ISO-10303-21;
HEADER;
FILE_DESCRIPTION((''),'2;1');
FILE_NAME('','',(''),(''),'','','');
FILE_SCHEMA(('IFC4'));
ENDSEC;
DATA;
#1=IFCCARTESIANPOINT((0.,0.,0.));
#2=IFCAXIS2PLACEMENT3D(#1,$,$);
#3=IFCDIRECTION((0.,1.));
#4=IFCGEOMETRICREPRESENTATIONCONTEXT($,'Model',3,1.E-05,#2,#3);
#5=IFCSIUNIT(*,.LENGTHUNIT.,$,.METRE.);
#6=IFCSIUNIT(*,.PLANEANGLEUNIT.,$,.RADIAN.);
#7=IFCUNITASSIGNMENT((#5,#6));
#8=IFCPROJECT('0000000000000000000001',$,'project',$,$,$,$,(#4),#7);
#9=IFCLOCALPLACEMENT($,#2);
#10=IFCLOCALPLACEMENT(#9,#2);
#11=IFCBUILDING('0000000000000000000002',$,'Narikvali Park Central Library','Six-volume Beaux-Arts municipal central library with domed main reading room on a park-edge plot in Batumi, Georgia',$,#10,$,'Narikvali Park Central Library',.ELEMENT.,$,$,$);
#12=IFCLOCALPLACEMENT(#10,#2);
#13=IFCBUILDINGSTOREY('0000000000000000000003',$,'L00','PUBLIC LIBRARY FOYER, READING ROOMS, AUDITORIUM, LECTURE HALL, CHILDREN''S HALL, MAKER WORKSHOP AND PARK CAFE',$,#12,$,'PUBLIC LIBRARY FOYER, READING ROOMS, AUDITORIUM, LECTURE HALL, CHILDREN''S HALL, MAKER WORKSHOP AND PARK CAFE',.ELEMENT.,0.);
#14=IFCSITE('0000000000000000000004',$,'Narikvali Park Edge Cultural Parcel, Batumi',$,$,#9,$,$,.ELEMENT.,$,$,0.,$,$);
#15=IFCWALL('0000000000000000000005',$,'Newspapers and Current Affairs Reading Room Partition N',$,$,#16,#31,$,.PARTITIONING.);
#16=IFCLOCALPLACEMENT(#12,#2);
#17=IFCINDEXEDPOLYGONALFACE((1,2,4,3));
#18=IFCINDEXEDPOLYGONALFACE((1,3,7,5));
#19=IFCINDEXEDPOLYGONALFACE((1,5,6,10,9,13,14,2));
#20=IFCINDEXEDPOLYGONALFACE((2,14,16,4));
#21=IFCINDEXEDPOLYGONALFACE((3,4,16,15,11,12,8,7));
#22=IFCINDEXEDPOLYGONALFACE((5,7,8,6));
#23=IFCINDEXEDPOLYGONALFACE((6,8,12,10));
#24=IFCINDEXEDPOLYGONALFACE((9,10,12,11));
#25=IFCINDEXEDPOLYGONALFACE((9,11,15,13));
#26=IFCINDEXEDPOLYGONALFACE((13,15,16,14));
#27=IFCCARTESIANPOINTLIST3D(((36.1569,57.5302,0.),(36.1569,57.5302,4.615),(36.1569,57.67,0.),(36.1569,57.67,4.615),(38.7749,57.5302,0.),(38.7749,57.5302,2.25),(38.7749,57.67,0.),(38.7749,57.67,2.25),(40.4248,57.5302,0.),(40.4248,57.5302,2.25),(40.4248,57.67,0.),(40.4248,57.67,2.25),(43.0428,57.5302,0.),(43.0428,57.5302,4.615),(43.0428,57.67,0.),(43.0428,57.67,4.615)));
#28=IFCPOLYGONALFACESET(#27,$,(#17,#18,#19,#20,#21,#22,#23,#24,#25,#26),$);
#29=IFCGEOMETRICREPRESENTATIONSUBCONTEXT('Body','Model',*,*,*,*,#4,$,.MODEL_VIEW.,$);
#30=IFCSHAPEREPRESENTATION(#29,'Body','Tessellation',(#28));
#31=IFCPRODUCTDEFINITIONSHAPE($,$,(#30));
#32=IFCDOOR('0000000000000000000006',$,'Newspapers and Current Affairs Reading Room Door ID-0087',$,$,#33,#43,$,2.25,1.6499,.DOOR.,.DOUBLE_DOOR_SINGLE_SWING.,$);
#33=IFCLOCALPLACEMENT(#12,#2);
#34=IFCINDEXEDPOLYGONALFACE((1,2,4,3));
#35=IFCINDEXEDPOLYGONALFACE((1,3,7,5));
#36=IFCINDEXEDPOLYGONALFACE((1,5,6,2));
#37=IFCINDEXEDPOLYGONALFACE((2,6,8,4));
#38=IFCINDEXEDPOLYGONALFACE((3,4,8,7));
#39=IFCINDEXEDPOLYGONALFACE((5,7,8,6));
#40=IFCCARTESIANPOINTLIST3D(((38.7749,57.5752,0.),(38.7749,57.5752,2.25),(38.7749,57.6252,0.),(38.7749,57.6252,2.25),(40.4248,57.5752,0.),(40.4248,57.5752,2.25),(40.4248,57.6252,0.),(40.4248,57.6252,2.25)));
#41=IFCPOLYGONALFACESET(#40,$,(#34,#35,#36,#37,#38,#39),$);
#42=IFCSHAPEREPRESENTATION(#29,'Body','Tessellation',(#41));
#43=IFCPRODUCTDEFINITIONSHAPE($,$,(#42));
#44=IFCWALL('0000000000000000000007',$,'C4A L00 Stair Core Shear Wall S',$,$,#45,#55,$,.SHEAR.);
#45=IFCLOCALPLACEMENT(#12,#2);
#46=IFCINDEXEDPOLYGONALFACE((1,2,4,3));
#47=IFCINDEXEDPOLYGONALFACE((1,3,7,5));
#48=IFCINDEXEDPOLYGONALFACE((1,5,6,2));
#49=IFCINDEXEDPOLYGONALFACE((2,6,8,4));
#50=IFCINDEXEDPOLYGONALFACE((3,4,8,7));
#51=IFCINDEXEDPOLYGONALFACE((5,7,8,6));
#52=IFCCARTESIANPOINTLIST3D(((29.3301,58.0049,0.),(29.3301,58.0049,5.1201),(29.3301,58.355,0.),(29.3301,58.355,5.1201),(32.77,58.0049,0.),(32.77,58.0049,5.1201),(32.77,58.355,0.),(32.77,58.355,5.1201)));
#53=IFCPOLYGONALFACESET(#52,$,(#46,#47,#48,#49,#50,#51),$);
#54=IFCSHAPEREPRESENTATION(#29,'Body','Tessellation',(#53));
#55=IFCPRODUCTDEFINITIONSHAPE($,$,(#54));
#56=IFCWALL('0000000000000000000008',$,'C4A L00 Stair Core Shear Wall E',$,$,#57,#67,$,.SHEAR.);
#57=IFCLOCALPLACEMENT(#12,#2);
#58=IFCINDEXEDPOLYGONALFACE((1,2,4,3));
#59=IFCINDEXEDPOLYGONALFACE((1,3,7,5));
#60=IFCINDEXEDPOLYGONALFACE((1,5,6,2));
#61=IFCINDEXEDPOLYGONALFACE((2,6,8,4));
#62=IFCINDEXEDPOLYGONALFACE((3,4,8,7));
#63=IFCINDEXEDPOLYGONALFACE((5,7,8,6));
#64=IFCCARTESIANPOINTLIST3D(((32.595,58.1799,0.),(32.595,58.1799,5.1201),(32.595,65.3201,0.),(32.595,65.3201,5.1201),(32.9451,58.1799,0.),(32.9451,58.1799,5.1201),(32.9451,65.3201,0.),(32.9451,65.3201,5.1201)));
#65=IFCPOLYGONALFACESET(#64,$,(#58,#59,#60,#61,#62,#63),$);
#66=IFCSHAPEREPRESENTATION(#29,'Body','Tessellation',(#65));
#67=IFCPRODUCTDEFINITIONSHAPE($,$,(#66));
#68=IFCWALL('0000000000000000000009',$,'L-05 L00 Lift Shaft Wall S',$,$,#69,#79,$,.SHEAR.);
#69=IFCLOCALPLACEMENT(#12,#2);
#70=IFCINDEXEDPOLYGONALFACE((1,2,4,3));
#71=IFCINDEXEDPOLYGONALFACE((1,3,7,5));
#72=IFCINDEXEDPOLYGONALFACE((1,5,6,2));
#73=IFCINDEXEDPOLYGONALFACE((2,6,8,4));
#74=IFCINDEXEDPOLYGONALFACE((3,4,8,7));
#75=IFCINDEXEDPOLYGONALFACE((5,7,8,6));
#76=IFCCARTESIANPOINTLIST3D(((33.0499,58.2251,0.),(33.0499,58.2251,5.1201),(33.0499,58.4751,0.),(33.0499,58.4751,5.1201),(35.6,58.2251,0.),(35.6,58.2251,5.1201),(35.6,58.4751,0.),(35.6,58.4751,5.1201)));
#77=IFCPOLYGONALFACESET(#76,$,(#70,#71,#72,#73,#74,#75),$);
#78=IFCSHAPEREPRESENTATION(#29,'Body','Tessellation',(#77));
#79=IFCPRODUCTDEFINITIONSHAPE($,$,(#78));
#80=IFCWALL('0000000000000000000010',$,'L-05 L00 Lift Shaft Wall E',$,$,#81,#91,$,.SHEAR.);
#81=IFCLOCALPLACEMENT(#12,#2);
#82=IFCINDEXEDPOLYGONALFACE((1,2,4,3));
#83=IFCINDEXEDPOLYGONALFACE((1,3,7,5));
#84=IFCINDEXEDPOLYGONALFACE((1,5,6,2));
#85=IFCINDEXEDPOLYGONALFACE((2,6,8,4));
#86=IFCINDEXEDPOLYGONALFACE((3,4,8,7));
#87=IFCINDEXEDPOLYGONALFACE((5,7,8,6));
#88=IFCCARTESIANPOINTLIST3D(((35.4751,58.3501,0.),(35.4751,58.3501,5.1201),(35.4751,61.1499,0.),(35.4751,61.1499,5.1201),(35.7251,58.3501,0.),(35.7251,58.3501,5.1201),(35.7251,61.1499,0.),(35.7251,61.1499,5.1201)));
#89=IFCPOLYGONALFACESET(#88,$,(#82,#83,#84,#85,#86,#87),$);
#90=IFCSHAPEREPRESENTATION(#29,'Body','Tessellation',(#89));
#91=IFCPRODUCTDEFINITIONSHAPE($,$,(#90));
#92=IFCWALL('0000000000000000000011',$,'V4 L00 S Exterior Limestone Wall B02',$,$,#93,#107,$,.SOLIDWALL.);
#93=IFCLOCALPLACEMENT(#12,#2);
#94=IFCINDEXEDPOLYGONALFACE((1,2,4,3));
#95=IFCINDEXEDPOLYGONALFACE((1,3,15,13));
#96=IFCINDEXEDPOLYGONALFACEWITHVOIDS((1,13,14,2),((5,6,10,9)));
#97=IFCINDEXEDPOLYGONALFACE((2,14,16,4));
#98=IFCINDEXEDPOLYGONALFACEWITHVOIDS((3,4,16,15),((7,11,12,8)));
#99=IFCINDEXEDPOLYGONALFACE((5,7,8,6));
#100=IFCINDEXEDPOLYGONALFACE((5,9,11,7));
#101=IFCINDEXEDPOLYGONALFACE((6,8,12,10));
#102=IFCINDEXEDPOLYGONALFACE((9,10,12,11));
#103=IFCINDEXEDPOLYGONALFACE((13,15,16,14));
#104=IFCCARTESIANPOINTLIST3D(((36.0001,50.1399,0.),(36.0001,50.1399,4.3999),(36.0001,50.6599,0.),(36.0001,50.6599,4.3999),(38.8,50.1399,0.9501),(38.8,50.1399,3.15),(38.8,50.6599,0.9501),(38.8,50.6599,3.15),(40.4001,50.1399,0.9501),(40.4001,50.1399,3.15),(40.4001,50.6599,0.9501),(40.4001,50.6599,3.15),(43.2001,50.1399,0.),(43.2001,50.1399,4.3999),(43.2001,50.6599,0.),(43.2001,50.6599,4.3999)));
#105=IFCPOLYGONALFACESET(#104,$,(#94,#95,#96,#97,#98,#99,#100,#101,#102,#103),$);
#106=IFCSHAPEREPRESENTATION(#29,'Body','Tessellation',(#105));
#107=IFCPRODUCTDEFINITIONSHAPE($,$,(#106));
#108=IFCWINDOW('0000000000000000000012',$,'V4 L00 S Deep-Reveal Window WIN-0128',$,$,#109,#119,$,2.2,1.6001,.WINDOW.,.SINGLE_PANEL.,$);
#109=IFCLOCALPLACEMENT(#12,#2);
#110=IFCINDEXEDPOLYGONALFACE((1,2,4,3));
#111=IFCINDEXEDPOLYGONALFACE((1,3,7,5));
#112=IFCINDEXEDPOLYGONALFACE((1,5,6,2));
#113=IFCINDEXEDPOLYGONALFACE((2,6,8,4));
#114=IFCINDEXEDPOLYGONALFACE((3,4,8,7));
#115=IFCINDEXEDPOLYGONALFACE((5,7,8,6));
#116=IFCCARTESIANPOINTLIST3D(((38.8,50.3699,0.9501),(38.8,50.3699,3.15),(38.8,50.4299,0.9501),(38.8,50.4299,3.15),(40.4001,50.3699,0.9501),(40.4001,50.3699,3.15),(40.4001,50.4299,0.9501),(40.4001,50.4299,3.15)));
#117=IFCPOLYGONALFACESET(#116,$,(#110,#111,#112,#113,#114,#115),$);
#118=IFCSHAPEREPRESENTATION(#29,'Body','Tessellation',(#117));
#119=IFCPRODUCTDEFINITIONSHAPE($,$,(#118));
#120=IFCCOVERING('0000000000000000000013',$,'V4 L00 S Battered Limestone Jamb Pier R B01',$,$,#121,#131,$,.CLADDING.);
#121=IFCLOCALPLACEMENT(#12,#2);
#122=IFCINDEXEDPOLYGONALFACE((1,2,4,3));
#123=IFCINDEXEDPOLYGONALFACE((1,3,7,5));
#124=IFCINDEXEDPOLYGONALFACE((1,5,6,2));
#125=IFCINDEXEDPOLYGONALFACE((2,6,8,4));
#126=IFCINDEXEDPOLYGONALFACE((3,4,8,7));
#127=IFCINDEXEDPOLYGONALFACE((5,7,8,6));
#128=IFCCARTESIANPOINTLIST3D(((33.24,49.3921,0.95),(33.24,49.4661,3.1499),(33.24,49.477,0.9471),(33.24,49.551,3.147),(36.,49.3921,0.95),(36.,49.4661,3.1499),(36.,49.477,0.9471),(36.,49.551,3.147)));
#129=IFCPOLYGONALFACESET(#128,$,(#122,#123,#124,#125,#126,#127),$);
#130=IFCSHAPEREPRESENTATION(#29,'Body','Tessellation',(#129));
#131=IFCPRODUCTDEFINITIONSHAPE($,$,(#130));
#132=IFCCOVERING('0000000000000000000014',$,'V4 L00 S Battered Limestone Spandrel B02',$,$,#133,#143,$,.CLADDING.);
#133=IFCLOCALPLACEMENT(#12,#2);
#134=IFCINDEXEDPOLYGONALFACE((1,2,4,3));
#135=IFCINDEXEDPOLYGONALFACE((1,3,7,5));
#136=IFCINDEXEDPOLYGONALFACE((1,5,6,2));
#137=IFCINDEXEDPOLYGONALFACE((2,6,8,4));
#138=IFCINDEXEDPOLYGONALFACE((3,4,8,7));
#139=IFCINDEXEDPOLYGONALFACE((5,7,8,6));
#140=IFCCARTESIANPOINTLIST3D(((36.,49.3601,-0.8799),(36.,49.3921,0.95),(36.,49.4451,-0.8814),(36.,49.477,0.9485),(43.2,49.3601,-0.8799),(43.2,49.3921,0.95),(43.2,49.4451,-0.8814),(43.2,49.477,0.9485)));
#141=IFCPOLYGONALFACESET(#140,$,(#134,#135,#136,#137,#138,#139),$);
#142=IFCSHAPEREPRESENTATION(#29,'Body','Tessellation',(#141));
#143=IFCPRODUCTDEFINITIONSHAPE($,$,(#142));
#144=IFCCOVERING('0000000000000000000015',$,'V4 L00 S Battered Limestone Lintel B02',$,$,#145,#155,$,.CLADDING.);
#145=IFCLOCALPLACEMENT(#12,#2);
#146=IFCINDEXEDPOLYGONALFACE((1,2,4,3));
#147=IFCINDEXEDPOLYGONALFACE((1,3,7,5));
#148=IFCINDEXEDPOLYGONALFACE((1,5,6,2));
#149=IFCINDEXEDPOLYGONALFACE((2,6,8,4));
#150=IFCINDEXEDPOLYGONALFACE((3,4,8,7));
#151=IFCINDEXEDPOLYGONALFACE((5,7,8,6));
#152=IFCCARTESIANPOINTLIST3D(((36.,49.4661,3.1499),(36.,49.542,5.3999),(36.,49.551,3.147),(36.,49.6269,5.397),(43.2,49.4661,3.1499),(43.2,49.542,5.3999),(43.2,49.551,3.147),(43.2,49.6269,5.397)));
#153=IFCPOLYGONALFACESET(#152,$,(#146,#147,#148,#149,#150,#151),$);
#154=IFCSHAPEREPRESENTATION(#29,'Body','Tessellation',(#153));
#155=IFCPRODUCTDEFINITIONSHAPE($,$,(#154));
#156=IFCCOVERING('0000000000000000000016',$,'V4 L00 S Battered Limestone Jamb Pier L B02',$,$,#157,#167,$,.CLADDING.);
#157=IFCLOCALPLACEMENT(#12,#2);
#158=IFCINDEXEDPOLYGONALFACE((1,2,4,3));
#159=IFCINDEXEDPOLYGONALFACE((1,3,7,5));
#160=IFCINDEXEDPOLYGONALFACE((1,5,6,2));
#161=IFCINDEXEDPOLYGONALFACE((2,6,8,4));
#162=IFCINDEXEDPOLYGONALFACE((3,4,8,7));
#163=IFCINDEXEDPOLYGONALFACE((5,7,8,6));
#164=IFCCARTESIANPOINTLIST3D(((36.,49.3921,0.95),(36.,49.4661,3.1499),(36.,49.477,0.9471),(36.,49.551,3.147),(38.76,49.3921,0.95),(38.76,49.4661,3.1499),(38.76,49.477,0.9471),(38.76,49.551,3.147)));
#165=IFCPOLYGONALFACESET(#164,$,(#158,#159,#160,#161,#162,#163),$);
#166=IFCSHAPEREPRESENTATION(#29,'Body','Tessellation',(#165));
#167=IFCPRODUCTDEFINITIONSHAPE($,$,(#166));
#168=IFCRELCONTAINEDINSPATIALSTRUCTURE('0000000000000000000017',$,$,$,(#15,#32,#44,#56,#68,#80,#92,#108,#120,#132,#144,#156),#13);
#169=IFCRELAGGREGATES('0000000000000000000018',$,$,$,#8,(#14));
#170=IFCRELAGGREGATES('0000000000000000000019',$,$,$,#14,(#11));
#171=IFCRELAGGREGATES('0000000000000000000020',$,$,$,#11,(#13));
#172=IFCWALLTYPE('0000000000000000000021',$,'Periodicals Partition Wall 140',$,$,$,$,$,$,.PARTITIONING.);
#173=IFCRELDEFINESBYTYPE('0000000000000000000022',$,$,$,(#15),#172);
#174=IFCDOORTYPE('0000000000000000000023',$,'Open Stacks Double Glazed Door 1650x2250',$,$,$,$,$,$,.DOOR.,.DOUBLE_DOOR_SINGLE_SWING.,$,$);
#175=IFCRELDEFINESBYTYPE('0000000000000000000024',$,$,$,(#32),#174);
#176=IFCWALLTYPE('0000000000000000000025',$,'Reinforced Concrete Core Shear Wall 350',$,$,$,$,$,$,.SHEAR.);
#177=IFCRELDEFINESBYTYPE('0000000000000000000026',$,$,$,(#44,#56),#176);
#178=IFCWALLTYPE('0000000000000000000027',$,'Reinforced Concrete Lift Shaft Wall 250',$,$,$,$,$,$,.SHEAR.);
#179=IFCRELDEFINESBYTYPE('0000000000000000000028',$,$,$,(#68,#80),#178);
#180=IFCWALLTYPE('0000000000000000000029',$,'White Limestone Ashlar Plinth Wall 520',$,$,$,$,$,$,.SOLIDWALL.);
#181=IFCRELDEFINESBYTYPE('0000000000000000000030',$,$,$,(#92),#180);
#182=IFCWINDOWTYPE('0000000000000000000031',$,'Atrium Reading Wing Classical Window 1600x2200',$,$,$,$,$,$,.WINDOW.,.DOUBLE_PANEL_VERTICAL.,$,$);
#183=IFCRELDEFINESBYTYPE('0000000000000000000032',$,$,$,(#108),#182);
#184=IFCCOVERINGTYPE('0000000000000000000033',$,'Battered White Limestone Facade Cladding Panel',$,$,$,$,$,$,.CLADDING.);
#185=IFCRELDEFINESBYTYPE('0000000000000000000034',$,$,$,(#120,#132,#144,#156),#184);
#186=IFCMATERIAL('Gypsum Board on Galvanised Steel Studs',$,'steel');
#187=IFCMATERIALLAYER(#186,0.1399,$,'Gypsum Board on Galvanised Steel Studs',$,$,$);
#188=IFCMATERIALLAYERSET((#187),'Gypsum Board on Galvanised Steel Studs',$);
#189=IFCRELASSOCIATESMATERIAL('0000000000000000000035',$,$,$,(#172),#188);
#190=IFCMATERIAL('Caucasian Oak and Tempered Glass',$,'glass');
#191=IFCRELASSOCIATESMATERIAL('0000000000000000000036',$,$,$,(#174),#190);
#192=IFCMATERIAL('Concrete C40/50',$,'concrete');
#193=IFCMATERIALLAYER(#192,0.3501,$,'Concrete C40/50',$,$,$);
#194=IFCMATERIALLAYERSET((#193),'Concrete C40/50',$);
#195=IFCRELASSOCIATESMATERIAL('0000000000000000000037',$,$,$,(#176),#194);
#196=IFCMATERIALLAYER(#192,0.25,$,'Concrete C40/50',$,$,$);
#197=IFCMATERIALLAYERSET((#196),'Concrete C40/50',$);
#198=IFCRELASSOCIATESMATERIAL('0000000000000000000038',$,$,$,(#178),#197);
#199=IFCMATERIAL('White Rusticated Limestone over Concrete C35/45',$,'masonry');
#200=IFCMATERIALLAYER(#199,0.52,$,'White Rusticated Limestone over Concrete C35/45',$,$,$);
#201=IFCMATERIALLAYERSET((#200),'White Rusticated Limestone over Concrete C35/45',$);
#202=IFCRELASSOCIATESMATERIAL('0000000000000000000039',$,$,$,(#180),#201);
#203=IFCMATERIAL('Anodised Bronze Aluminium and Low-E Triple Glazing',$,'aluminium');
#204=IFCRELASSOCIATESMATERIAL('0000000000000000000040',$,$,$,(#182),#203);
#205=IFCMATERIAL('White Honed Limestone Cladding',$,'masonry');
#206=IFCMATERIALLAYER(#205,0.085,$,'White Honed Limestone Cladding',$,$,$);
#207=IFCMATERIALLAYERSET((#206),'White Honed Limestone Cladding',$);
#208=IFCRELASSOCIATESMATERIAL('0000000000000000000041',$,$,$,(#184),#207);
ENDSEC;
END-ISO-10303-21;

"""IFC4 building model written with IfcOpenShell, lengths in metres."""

from ifc_helpers import new_model, si_unit, direction, frame, frame_2d, origin, place, context, subcontext, project, spatial, polyline, rectangle, outline, extrude, material, layer, layer_set, type_object, element, fill, save


model = new_model("IFC4")

# Units and contexts
model_context = context("Model", 3, precision=1e-05, world=origin(), true_north=direction((0.0, 1.0)))
body_context = subcontext(model_context, "Body", "Model", "MODEL_VIEW")
ifc_project = project(units=[si_unit("LENGTHUNIT", "METRE"), si_unit("PLANEANGLEUNIT", "RADIAN")], contexts=[model_context])

# Site, building, storey
site_placement = place(None, origin())
site = spatial("IfcSite", under=ifc_project, at=site_placement, Name="Narikvali Park Edge Cultural Parcel, Batumi", CompositionType="ELEMENT", RefElevation=0.0)
building_placement = place(site_placement, origin())
building = spatial("IfcBuilding", under=site, at=building_placement, Name="Narikvali Park Central Library", Description="Six-volume Beaux-Arts municipal central library with domed main reading room on a park-edge plot in Batumi, Georgia", LongName="Narikvali Park Central Library", CompositionType="ELEMENT")
storey_placement = place(building_placement, origin())
storey = spatial("IfcBuildingStorey", under=building, at=storey_placement, Name="L00", Description="PUBLIC LIBRARY FOYER, READING ROOMS, AUDITORIUM, LECTURE HALL, CHILDREN'S HALL, MAKER WORKSHOP AND PARK CAFE", LongName="PUBLIC LIBRARY FOYER, READING ROOMS, AUDITORIUM, LECTURE HALL, CHILDREN'S HALL, MAKER WORKSHOP AND PARK CAFE", CompositionType="ELEMENT", Elevation=0.0)

# Wall, opening, door
ifc_material_1 = material(Name="Gypsum Board on Galvanised Steel Studs", Category="steel")
ifc_layer_1 = layer(ifc_material_1, 0.1399, Name="Gypsum Board on Galvanised Steel Studs")
ifc_layer_set_1 = layer_set([ifc_layer_1], Name="Gypsum Board on Galvanised Steel Studs")
wall_type_1 = type_object("IfcWallType", Name="Periodicals Partition Wall 140", PredefinedType="PARTITIONING", material=ifc_layer_set_1)
wall_1_placement = place(storey_placement, frame((36.157, 57.6001, 0.0), z_axis=(0.0, 0.0, 1.0), x_axis=(1.0, 0.0, 0.0)))
wall_1 = element("IfcWall", 1, at=wall_1_placement, inside=storey, type_object=wall_type_1, Name="Newspapers and Current Affairs Reading Room Partition N", PredefinedType="PARTITIONING", context=body_context, shape_type="SweptSolid", body=[
    extrude(rectangle(XDim=6.886, YDim=0.1399, at=frame_2d((3.4429, 0.0))), origin(), (0.0, 0.0, 1.0), 4.615),
])
opening_1_placement = place(wall_1_placement, frame((2.6179, 0.0, 0.0)))
opening_1 = element("IfcOpeningElement", 2, at=opening_1_placement, cuts=wall_1, PredefinedType="OPENING", context=body_context, shape_type="SweptSolid", body=[
    extrude(rectangle(XDim=1.6499, YDim=2.25, at=frame_2d((0.825, 1.125))), frame((0.0, 0.082, 0.0), z_axis=(0.0, -1.0, 0.0), x_axis=(1.0, 0.0, 0.0)), (0.0, 0.0, 1.0), 0.1638),
])
ifc_material_2 = material(Name="Caucasian Oak and Tempered Glass", Category="glass")
door_type = type_object("IfcDoorType", Name="Open Stacks Double Glazed Door 1650x2250", OperationType="DOUBLE_DOOR_SINGLE_SWING", PredefinedType="DOOR", material=ifc_material_2)
door_placement = place(opening_1_placement, frame((1.6499, 0.0, 0.0), z_axis=(0.0, 0.0, 1.0), x_axis=(-1.0, 0.0, 0.0)))
door = element("IfcDoor", 3, at=door_placement, inside=storey, type_object=door_type, Name="Newspapers and Current Affairs Reading Room Door ID-0087", OperationType="DOUBLE_DOOR_SINGLE_SWING", OverallHeight=2.25, OverallWidth=1.6499, PredefinedType="DOOR", context=body_context, shape_type="SweptSolid", body=[
    extrude(rectangle(XDim=1.6499, YDim=2.25, at=frame_2d((0.825, 1.125))), frame((0.0, 0.0249, 0.0), z_axis=(0.0, -1.0, 0.0), x_axis=(1.0, 0.0, 0.0)), (0.0, 0.0, 1.0), 0.05),
])
fill(opening_1, door)

# Walls
ifc_material_3 = material(Name="Concrete C40/50", Category="concrete")
ifc_layer_2 = layer(ifc_material_3, 0.3501, Name="Concrete C40/50")
ifc_layer_set_2 = layer_set([ifc_layer_2], Name="Concrete C40/50")
wall_type_2 = type_object("IfcWallType", Name="Reinforced Concrete Core Shear Wall 350", PredefinedType="SHEAR", material=ifc_layer_set_2)
wall_2_placement = place(storey_placement, frame((29.3301, 58.1799, 0.0), z_axis=(0.0, 0.0, 1.0), x_axis=(1.0, 0.0, 0.0)))
element("IfcWall", 4, at=wall_2_placement, inside=storey, type_object=wall_type_2, Name="C4A L00 Stair Core Shear Wall S", PredefinedType="SHEAR", context=body_context, shape_type="SweptSolid", body=[
    extrude(rectangle(XDim=3.4399, YDim=0.3501, at=frame_2d((1.72, 0.0))), origin(), (0.0, 0.0, 1.0), 5.1201),
])
wall_3_placement = place(storey_placement, frame((32.77, 58.1799, 0.0), z_axis=(0.0, 0.0, 1.0), x_axis=(0.0, 1.0, 0.0)))
element("IfcWall", 5, at=wall_3_placement, inside=storey, type_object=wall_type_2, Name="C4A L00 Stair Core Shear Wall E", PredefinedType="SHEAR", context=body_context, shape_type="SweptSolid", body=[
    extrude(rectangle(XDim=7.1401, YDim=0.3501, at=frame_2d((3.5701, 0.0))), origin(), (0.0, 0.0, 1.0), 5.1201),
])
ifc_layer_3 = layer(ifc_material_3, 0.25, Name="Concrete C40/50")
ifc_layer_set_3 = layer_set([ifc_layer_3], Name="Concrete C40/50")
wall_type_3 = type_object("IfcWallType", Name="Reinforced Concrete Lift Shaft Wall 250", PredefinedType="SHEAR", material=ifc_layer_set_3)
wall_4_placement = place(storey_placement, frame((33.05, 58.3501, 0.0), z_axis=(0.0, 0.0, 1.0), x_axis=(1.0, 0.0, 0.0)))
element("IfcWall", 6, at=wall_4_placement, inside=storey, type_object=wall_type_3, Name="L-05 L00 Lift Shaft Wall S", PredefinedType="SHEAR", context=body_context, shape_type="SweptSolid", body=[
    extrude(rectangle(XDim=2.55, YDim=0.25, at=frame_2d((1.2749, 0.0))), origin(), (0.0, 0.0, 1.0), 5.1201),
])
wall_5_placement = place(storey_placement, frame((35.6001, 58.3501, 0.0), z_axis=(0.0, 0.0, 1.0), x_axis=(0.0, 1.0, 0.0)))
element("IfcWall", 7, at=wall_5_placement, inside=storey, type_object=wall_type_3, Name="L-05 L00 Lift Shaft Wall E", PredefinedType="SHEAR", context=body_context, shape_type="SweptSolid", body=[
    extrude(rectangle(XDim=2.7998, YDim=0.25, at=frame_2d((1.3999, 0.0))), origin(), (0.0, 0.0, 1.0), 5.1201),
])

# Wall, opening, window
ifc_material_4 = material(Name="White Rusticated Limestone over Concrete C35/45", Category="masonry")
ifc_layer_4 = layer(ifc_material_4, 0.52, Name="White Rusticated Limestone over Concrete C35/45")
ifc_layer_set_4 = layer_set([ifc_layer_4], Name="White Rusticated Limestone over Concrete C35/45")
wall_type_4 = type_object("IfcWallType", Name="White Limestone Ashlar Plinth Wall 520", PredefinedType="SOLIDWALL", material=ifc_layer_set_4)
wall_6_placement = place(storey_placement, frame((36.0, 50.3999, 0.0), z_axis=(0.0, 0.0, 1.0), x_axis=(1.0, 0.0, 0.0)))
wall_6 = element("IfcWall", 8, at=wall_6_placement, inside=storey, type_object=wall_type_4, Name="V4 L00 S Exterior Limestone Wall B02", PredefinedType="SOLIDWALL", context=body_context, shape_type="SweptSolid", body=[
    extrude(rectangle(XDim=7.2, YDim=0.52, at=frame_2d((3.6001, 0.0))), origin(), (0.0, 0.0, 1.0), 4.3999),
])
opening_2_placement = place(wall_6_placement, frame((2.8, 0.0, 0.95)))
opening_2 = element("IfcOpeningElement", 9, at=opening_2_placement, cuts=wall_6, PredefinedType="OPENING", context=body_context, shape_type="SweptSolid", body=[
    extrude(rectangle(XDim=1.6001, YDim=2.2, at=frame_2d((0.8, 1.1001))), frame((0.0, 0.272, 0.0), z_axis=(0.0, -1.0, 0.0), x_axis=(1.0, 0.0, 0.0)), (0.0, 0.0, 1.0), 0.5439),
])
ifc_material_5 = material(Name="Anodised Bronze Aluminium and Low-E Triple Glazing", Category="aluminium")
window_type = type_object("IfcWindowType", Name="Atrium Reading Wing Classical Window 1600x2200", PartitioningType="DOUBLE_PANEL_VERTICAL", PredefinedType="WINDOW", material=ifc_material_5)
window_placement = place(opening_2_placement, origin())
window = element("IfcWindow", 10, at=window_placement, inside=storey, type_object=window_type, Name="V4 L00 S Deep-Reveal Window WIN-0128", OverallHeight=2.2, OverallWidth=1.6001, PartitioningType="SINGLE_PANEL", PredefinedType="WINDOW", context=body_context, shape_type="SweptSolid", body=[
    extrude(rectangle(XDim=1.6001, YDim=2.2, at=frame_2d((0.8, 1.1001))), frame((0.0, 0.03, 0.0), z_axis=(0.0, -1.0, 0.0), x_axis=(1.0, 0.0, 0.0)), (0.0, 0.0, 1.0), 0.0601),
])
fill(opening_2, window)

# Coverings
ifc_material_6 = material(Name="White Honed Limestone Cladding", Category="masonry")
ifc_layer_5 = layer(ifc_material_6, 0.085, Name="White Honed Limestone Cladding")
ifc_layer_set_5 = layer_set([ifc_layer_5], Name="White Honed Limestone Cladding")
covering_type = type_object("IfcCoveringType", Name="Battered White Limestone Facade Cladding Panel", PredefinedType="CLADDING", material=ifc_layer_set_5)
covering_1_placement = place(storey_placement, frame((33.24, 49.3921, 0.95), z_axis=(0.0, -0.999435, 0.033607), x_axis=(1.0, 0.0, 0.0)))
element("IfcCovering", 11, at=covering_1_placement, inside=storey, type_object=covering_type, Name="V4 L00 S Battered Limestone Jamb Pier R B01", PredefinedType="CLADDING", context=body_context, shape_type="SweptSolid", body=[
    extrude(outline(polyline([(0.0, 0.0), (2.76, 0.0), (2.76, 2.2012), (0.0, 2.2012), (0.0, 0.0)])), origin(), (0.0, 0.0, -1.0), 0.085),
])
covering_2_placement = place(storey_placement, frame((36.0, 49.3601, -0.8799), z_axis=(0.0, -0.999847, 0.017476), x_axis=(1.0, 0.0, 0.0)))
element("IfcCovering", 12, at=covering_2_placement, inside=storey, type_object=covering_type, Name="V4 L00 S Battered Limestone Spandrel B02", PredefinedType="CLADDING", context=body_context, shape_type="SweptSolid", body=[
    extrude(outline(polyline([(0.0, 0.0), (7.2, 0.0), (7.2, 1.8301), (0.0, 1.8301), (0.0, 0.0)])), origin(), (0.0, 0.0, -1.0), 0.085),
])
covering_3_placement = place(storey_placement, frame((36.0, 49.4661, 3.1499), z_axis=(0.0, -0.999431, 0.033726), x_axis=(1.0, 0.0, 0.0)))
element("IfcCovering", 13, at=covering_3_placement, inside=storey, type_object=covering_type, Name="V4 L00 S Battered Limestone Lintel B02", PredefinedType="CLADDING", context=body_context, shape_type="SweptSolid", body=[
    extrude(outline(polyline([(0.0, 0.0), (7.2, 0.0), (7.2, 2.2513), (0.0, 2.2513), (0.0, 0.0)])), origin(), (0.0, 0.0, -1.0), 0.085),
])
covering_4_placement = place(storey_placement, frame((36.0, 49.3921, 0.95), z_axis=(0.0, -0.999435, 0.033607), x_axis=(1.0, 0.0, 0.0)))
element("IfcCovering", 14, at=covering_4_placement, inside=storey, type_object=covering_type, Name="V4 L00 S Battered Limestone Jamb Pier L B02", PredefinedType="CLADDING", context=body_context, shape_type="SweptSolid", body=[
    extrude(outline(polyline([(0.0, 0.0), (2.76, 0.0), (2.76, 2.2012), (0.0, 2.2012), (0.0, 0.0)])), origin(), (0.0, 0.0, -1.0), 0.085),
])

save(model, "model.ifc")
